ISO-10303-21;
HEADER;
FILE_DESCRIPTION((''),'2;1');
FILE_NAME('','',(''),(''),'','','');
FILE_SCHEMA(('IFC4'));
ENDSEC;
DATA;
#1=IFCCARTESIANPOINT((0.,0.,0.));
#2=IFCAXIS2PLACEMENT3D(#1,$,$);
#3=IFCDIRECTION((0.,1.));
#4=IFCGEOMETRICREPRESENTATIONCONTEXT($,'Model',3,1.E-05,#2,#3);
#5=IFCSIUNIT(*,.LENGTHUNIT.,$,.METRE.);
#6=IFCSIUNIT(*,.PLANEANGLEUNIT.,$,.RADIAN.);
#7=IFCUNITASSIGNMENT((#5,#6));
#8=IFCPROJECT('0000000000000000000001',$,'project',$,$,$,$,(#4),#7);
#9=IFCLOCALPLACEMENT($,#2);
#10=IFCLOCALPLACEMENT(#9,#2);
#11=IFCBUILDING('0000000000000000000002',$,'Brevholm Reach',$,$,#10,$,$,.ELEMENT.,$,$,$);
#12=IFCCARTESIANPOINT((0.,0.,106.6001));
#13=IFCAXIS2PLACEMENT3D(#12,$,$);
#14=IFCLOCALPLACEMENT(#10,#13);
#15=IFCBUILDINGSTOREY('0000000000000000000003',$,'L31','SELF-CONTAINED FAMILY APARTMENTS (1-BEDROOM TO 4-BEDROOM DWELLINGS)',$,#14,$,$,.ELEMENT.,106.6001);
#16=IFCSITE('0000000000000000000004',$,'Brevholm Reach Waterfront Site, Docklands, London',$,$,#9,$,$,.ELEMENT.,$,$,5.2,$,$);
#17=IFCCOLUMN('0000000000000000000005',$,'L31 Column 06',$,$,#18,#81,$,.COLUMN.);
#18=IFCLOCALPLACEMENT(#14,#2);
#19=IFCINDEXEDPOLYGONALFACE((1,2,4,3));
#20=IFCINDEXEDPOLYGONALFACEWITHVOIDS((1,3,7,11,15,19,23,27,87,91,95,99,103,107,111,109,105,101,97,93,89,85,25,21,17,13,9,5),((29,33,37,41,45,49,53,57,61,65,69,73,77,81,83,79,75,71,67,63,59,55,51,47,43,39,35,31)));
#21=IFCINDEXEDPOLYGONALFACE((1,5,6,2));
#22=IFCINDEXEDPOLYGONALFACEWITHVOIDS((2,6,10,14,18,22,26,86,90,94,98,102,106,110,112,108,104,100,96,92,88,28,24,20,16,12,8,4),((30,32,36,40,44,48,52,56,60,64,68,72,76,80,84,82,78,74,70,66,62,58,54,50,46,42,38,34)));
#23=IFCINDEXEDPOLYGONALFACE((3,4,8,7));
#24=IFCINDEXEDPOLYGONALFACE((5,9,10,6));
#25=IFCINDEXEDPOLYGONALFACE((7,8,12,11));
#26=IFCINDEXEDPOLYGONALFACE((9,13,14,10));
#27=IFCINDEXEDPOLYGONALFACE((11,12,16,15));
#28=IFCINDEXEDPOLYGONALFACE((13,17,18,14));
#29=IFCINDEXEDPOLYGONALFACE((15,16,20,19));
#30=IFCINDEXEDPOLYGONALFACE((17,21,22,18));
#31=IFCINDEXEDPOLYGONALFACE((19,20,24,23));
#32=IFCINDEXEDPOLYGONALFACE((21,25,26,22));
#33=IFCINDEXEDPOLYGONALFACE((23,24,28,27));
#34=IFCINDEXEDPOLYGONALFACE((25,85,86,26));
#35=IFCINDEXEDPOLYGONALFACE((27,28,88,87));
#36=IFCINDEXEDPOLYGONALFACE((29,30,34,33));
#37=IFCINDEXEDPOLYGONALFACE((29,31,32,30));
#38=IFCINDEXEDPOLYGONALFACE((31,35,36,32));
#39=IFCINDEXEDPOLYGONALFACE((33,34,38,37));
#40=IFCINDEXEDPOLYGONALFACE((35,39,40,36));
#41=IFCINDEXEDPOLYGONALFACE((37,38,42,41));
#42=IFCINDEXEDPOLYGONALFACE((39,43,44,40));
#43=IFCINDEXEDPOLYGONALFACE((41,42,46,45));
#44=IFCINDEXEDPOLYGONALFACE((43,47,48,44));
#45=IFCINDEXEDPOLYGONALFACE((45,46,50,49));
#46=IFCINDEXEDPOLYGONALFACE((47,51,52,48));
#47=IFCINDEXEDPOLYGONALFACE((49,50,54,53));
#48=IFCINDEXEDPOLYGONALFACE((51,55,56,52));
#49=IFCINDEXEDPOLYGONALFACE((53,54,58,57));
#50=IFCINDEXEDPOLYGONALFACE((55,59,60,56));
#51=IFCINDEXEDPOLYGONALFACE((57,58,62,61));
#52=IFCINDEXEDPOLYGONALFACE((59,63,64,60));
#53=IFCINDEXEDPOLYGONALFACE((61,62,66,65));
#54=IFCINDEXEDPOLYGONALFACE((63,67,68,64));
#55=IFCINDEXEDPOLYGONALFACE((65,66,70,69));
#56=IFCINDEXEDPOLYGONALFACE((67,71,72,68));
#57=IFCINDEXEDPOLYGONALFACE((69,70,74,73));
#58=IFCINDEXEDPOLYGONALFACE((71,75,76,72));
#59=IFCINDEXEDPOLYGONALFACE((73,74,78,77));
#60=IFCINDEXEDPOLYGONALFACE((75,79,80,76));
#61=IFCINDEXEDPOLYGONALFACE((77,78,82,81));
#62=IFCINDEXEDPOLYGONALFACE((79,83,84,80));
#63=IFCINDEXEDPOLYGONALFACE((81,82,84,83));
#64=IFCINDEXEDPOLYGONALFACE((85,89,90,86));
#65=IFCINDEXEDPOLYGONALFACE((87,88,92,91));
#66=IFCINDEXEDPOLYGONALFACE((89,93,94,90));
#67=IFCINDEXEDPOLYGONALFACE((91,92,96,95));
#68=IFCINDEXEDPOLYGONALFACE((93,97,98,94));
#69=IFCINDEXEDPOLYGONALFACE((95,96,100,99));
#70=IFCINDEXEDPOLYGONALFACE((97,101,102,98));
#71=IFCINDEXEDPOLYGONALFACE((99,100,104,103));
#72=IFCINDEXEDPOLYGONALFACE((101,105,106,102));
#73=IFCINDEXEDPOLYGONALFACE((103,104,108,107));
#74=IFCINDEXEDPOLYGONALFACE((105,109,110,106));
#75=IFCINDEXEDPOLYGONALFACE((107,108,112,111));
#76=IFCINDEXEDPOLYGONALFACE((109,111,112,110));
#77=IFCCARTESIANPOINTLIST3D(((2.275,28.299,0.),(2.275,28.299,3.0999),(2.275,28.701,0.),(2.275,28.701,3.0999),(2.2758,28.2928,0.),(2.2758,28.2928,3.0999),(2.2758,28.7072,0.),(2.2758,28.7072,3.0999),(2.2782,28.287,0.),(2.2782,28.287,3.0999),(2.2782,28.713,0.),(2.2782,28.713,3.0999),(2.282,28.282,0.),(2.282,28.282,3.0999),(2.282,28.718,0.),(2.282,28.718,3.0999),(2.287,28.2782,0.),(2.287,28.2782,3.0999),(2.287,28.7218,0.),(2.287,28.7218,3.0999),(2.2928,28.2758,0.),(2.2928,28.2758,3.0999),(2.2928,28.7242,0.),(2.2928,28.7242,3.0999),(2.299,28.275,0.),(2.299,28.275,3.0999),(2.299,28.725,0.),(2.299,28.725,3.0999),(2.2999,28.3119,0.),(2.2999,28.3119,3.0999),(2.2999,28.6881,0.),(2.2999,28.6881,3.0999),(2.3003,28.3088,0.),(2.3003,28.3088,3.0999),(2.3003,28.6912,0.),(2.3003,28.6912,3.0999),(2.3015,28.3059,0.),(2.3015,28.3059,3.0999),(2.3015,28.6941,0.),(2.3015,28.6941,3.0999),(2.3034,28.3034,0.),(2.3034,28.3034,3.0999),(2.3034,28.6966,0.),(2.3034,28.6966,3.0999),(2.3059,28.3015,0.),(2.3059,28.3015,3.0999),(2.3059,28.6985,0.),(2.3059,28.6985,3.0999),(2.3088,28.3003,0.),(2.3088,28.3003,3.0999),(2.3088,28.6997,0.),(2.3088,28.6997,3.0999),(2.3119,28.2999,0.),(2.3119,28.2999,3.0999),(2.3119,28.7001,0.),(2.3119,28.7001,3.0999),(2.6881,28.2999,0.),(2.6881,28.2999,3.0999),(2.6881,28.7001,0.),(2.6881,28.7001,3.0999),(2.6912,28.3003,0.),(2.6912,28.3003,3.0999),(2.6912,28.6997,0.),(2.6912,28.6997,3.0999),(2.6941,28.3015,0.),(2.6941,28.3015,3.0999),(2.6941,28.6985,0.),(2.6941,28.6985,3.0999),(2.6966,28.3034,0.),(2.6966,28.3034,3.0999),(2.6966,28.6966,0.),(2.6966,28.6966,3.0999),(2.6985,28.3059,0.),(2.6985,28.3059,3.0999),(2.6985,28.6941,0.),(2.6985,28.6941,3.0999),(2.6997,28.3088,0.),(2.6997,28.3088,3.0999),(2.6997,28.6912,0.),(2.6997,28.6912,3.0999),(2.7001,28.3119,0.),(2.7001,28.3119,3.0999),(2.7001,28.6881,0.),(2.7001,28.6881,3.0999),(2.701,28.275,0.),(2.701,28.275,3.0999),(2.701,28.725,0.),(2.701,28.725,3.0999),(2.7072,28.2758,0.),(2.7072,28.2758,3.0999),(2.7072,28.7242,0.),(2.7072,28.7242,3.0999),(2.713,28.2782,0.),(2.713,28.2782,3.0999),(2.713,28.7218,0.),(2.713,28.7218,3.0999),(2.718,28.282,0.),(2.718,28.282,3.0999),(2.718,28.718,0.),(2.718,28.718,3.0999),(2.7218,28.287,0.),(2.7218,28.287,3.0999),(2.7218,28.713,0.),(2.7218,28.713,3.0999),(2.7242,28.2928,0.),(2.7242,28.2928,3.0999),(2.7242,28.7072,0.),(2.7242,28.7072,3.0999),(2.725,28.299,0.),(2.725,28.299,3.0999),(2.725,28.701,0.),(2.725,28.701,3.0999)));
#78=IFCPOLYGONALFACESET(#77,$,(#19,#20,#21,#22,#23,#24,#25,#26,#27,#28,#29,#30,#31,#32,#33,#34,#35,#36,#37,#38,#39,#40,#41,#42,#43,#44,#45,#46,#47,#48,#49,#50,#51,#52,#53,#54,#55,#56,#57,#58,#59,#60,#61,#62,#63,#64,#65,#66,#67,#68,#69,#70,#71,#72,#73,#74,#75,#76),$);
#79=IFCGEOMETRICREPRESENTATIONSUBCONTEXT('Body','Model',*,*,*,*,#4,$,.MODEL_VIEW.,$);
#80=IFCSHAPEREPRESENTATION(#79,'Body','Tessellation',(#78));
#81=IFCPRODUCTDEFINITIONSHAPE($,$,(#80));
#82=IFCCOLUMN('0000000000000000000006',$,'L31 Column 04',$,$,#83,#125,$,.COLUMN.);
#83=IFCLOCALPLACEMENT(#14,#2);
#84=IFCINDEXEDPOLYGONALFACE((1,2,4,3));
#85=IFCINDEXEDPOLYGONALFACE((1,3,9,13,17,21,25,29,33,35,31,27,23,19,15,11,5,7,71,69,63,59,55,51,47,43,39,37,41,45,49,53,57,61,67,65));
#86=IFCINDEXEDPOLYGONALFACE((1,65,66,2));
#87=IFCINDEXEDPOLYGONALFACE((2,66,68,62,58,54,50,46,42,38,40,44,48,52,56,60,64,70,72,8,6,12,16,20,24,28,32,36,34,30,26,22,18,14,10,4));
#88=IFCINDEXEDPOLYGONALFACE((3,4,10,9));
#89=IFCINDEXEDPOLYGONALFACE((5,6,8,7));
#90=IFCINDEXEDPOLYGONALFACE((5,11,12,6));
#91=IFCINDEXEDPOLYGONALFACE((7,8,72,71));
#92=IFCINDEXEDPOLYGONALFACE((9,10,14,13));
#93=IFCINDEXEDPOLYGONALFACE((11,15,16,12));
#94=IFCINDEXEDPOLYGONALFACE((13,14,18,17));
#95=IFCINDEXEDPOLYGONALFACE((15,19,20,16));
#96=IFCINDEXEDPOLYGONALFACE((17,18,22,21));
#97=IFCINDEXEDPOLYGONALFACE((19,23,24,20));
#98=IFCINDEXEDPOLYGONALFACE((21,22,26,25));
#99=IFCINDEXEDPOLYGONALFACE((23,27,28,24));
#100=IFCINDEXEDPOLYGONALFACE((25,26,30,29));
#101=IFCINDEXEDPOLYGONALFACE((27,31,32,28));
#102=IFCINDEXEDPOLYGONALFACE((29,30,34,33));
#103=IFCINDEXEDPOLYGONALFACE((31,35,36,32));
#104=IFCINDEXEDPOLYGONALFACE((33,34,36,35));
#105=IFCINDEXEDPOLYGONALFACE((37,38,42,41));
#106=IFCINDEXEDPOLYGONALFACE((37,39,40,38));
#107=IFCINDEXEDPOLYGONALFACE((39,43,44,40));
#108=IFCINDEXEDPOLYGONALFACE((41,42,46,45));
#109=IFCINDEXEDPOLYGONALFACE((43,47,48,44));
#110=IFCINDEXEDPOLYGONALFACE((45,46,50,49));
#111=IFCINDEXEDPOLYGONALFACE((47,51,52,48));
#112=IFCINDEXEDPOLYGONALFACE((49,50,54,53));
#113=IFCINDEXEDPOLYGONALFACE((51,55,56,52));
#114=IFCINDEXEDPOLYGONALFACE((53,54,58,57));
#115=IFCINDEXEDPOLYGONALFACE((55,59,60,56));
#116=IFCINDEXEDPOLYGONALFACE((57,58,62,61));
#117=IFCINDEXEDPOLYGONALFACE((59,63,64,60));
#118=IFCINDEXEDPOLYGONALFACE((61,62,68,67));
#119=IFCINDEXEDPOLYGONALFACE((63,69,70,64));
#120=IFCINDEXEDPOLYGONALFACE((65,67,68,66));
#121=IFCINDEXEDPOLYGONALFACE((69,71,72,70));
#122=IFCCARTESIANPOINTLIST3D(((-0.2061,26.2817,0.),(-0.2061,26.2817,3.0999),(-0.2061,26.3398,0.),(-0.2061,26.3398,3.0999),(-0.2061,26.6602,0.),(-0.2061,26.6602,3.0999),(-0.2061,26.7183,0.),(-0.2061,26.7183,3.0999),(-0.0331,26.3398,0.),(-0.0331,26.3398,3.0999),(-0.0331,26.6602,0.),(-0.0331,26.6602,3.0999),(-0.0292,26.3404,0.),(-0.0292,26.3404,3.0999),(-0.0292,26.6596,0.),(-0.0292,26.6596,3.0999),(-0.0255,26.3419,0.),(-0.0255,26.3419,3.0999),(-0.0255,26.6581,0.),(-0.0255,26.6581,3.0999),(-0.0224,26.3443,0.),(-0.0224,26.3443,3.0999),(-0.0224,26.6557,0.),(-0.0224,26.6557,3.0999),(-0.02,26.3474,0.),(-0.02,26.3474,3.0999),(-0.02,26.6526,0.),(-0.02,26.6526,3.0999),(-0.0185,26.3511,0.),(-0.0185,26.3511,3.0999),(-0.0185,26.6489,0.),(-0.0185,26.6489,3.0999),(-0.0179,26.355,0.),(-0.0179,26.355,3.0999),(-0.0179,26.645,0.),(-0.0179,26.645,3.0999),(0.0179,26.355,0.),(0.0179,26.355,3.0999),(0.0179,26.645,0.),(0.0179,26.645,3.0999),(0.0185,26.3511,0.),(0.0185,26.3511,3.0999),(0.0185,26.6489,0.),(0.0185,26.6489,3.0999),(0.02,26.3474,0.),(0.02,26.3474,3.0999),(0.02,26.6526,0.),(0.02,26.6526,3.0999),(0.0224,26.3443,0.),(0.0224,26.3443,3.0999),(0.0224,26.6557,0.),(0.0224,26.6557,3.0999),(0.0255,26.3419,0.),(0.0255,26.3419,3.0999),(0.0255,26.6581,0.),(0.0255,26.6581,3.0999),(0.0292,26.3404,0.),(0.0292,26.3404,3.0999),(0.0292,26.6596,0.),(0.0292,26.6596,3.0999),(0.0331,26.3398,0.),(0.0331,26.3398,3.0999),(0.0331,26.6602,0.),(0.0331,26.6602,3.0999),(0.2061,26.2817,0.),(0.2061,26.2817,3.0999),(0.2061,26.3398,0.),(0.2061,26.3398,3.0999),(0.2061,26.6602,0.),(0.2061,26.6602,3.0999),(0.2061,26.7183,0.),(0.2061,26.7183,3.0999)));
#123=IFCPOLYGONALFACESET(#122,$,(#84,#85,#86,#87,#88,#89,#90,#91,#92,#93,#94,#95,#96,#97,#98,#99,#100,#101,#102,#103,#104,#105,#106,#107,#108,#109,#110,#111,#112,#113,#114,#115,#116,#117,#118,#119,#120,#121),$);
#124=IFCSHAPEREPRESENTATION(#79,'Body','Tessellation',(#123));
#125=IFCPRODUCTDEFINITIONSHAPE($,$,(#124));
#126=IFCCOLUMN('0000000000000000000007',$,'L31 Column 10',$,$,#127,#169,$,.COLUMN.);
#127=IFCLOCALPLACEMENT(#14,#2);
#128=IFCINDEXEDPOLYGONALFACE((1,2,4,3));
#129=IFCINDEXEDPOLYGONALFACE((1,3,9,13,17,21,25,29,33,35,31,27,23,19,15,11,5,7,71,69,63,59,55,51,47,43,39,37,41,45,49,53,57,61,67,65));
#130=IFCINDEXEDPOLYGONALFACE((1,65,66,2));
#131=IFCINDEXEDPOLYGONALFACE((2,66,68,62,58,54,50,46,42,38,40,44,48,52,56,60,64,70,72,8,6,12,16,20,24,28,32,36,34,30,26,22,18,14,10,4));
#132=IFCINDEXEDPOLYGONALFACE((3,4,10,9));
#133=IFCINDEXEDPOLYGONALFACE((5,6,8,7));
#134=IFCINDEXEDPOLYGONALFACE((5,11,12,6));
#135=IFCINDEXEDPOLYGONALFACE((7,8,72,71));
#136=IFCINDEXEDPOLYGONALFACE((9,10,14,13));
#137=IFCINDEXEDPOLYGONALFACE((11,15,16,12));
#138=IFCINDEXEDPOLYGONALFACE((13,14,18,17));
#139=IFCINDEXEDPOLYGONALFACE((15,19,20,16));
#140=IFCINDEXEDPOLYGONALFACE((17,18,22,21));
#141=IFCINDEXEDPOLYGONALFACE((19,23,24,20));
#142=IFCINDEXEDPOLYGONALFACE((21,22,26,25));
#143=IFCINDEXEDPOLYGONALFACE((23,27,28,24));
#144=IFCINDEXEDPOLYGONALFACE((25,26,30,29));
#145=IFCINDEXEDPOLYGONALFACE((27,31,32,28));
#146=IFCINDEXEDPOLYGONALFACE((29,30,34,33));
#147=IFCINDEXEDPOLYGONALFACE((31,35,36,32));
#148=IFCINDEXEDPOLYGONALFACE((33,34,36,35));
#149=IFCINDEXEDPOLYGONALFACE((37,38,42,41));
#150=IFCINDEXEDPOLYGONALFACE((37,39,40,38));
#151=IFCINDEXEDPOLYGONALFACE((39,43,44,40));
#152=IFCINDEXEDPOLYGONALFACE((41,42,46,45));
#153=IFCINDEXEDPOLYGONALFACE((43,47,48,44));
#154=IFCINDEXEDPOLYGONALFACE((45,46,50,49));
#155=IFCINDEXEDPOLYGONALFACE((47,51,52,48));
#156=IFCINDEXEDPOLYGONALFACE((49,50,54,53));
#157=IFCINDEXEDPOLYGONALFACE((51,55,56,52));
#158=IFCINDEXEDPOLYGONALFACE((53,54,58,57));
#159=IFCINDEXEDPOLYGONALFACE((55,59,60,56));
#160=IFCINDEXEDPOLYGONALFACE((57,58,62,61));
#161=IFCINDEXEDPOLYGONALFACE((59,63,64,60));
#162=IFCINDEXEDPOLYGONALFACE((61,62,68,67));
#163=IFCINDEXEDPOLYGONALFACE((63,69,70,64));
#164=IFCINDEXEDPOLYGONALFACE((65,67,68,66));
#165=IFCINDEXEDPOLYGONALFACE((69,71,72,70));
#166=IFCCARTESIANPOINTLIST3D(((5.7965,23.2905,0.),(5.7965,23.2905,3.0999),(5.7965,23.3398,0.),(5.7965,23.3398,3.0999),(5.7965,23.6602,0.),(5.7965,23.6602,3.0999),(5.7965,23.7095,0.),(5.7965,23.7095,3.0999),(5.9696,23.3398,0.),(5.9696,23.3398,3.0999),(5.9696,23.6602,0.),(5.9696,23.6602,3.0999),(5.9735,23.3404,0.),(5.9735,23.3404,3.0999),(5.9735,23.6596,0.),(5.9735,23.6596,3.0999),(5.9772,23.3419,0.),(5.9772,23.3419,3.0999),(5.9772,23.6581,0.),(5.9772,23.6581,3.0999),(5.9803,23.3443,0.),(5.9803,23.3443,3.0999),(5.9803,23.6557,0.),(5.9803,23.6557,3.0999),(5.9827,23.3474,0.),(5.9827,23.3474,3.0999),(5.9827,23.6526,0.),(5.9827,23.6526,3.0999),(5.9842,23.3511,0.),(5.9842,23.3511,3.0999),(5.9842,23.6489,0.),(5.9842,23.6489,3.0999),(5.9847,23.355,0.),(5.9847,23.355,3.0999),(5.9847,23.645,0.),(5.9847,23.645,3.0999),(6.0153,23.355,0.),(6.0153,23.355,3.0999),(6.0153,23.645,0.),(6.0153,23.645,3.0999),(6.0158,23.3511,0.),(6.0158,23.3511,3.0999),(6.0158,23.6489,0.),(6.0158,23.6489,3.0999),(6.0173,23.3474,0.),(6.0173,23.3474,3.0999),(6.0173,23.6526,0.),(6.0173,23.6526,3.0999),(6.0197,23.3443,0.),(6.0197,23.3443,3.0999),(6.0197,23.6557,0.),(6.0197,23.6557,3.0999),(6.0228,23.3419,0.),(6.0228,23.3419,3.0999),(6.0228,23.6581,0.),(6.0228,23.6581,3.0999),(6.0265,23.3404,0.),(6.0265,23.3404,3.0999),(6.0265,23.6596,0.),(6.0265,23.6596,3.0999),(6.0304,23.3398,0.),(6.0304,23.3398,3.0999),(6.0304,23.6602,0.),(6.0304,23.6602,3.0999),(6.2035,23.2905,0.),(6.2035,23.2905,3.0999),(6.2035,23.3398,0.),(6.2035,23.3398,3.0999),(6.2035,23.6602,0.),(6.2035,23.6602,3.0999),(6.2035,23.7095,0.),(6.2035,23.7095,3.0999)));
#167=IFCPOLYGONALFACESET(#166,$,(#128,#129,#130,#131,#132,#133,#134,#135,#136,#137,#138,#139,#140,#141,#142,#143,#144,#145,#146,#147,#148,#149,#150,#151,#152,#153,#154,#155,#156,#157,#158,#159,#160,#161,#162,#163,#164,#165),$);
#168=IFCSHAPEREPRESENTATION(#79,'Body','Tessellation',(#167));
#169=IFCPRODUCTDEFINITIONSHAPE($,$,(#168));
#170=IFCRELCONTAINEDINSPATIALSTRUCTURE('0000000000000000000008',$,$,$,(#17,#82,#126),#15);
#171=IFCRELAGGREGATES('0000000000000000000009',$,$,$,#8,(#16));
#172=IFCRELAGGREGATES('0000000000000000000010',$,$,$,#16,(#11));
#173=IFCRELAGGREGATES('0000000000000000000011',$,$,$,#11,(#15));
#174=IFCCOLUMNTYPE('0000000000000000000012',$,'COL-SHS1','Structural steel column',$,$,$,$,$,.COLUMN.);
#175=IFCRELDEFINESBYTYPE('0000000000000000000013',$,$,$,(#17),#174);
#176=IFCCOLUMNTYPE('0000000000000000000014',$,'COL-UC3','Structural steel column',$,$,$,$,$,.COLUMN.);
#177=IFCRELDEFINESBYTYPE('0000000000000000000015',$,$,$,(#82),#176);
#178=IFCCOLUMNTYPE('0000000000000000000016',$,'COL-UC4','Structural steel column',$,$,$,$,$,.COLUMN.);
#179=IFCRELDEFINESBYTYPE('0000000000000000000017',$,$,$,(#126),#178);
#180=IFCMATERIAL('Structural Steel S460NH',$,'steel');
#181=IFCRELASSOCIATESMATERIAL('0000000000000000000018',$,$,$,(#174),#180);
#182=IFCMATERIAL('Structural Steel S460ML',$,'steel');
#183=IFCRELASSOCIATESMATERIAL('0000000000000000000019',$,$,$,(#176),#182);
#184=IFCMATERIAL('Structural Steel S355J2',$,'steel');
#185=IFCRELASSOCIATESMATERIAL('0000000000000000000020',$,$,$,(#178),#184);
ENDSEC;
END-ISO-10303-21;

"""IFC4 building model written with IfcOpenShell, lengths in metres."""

from ifc_helpers import new_model, si_unit, direction, frame, origin, origin_2d, place, context, subcontext, project, spatial, hollow_rectangle, i_section, extrude, material, material_profile, profile_set, type_object, element, save


model = new_model("IFC4")

# Units and contexts
model_context = context("Model", 3, precision=1e-05, world=origin(), true_north=direction((0.0, 1.0)))
body_context = subcontext(model_context, "Body", "Model", "MODEL_VIEW")
ifc_project = project(units=[si_unit("LENGTHUNIT", "METRE"), si_unit("PLANEANGLEUNIT", "RADIAN")], contexts=[model_context])

# Site, building, storey
site_placement = place(None, origin())
site = spatial("IfcSite", under=ifc_project, at=site_placement, Name="Brevholm Reach Waterfront Site, Docklands, London", CompositionType="ELEMENT", RefElevation=5.2)
building_placement = place(site_placement, origin())
building = spatial("IfcBuilding", under=site, at=building_placement, Name="Brevholm Reach", CompositionType="ELEMENT")
storey_placement = place(building_placement, frame((0.0, 0.0, 106.6001)))
storey = spatial("IfcBuildingStorey", under=building, at=storey_placement, Name="L31", Description="SELF-CONTAINED FAMILY APARTMENTS (1-BEDROOM TO 4-BEDROOM DWELLINGS)", CompositionType="ELEMENT", Elevation=106.6001)

# Columns
ifc_material_1 = material(Name="Structural Steel S460NH", Category="steel")
ifc_material_profile_1 = material_profile(ifc_material_1, hollow_rectangle(XDim=0.45, YDim=0.45, WallThickness=0.0249, InnerFilletRadius=0.012, OuterFilletRadius=0.0239, at=origin_2d()), Name="SHS 450x450x25")
ifc_profile_set_1 = profile_set([ifc_material_profile_1], Name="Structural Steel S460NH")
column_type_1 = type_object("IfcColumnType", Name="COL-SHS1", Description="Structural steel column", PredefinedType="COLUMN", material=ifc_profile_set_1)
column_1_placement = place(storey_placement, frame((2.5, 28.5, 0.0), z_axis=(0.0, 0.0, 1.0), x_axis=(1.0, 0.0, 0.0)))
element("IfcColumn", 1, at=column_1_placement, inside=storey, type_object=column_type_1, Name="L31 Column 06", PredefinedType="COLUMN", context=body_context, shape_type="SweptSolid", body=[
    extrude(hollow_rectangle(XDim=0.45, YDim=0.45, WallThickness=0.0249, InnerFilletRadius=0.012, OuterFilletRadius=0.0239, at=origin_2d()), origin(), (0.0, 0.0, 1.0), 3.0999),
])
ifc_material_2 = material(Name="Structural Steel S460ML", Category="steel")
ifc_material_profile_2 = material_profile(ifc_material_2, i_section(OverallWidth=0.4121, OverallDepth=0.4365, WebThickness=0.0359, FlangeThickness=0.0581, FilletRadius=0.0151, at=origin_2d()), Name="UKC 356x406x467")
ifc_profile_set_2 = profile_set([ifc_material_profile_2], Name="Structural Steel S460ML")
column_type_2 = type_object("IfcColumnType", Name="COL-UC3", Description="Structural steel column", PredefinedType="COLUMN", material=ifc_profile_set_2)
column_2_placement = place(storey_placement, frame((0.0, 26.5, 0.0), z_axis=(0.0, 0.0, 1.0), x_axis=(1.0, 0.0, 0.0)))
element("IfcColumn", 2, at=column_2_placement, inside=storey, type_object=column_type_2, Name="L31 Column 04", PredefinedType="COLUMN", context=body_context, shape_type="SweptSolid", body=[
    extrude(i_section(OverallWidth=0.4121, OverallDepth=0.4365, WebThickness=0.0359, FlangeThickness=0.0581, FilletRadius=0.0151, at=origin_2d()), origin(), (0.0, 0.0, 1.0), 3.0999),
])
ifc_material_3 = material(Name="Structural Steel S355J2", Category="steel")
ifc_material_profile_3 = material_profile(ifc_material_3, i_section(OverallWidth=0.407, OverallDepth=0.4189, WebThickness=0.0305, FlangeThickness=0.0493, FilletRadius=0.0151, at=origin_2d()), Name="UKC 356x406x393")
ifc_profile_set_3 = profile_set([ifc_material_profile_3], Name="Structural Steel S355J2")
column_type_3 = type_object("IfcColumnType", Name="COL-UC4", Description="Structural steel column", PredefinedType="COLUMN", material=ifc_profile_set_3)
for number, where, z_axis, x_axis, name in (
    (3, (6.0, 23.5, 0.0), (0.0, 0.0, 1.0), (1.0, 0.0, 0.0), "L31 Column 10"),
):
    element("IfcColumn", number, at=place(storey_placement, frame(where, z_axis=z_axis, x_axis=x_axis)), inside=storey, type_object=column_type_3, Name=name, PredefinedType="COLUMN", context=body_context, shape_type="SweptSolid", body=[
        extrude(i_section(OverallWidth=0.407, OverallDepth=0.4189, WebThickness=0.0305, FlangeThickness=0.0493, FilletRadius=0.0151, at=origin_2d()), origin(), (0.0, 0.0, 1.0), 3.0999),
    ])

save(model, "model.ifc")
